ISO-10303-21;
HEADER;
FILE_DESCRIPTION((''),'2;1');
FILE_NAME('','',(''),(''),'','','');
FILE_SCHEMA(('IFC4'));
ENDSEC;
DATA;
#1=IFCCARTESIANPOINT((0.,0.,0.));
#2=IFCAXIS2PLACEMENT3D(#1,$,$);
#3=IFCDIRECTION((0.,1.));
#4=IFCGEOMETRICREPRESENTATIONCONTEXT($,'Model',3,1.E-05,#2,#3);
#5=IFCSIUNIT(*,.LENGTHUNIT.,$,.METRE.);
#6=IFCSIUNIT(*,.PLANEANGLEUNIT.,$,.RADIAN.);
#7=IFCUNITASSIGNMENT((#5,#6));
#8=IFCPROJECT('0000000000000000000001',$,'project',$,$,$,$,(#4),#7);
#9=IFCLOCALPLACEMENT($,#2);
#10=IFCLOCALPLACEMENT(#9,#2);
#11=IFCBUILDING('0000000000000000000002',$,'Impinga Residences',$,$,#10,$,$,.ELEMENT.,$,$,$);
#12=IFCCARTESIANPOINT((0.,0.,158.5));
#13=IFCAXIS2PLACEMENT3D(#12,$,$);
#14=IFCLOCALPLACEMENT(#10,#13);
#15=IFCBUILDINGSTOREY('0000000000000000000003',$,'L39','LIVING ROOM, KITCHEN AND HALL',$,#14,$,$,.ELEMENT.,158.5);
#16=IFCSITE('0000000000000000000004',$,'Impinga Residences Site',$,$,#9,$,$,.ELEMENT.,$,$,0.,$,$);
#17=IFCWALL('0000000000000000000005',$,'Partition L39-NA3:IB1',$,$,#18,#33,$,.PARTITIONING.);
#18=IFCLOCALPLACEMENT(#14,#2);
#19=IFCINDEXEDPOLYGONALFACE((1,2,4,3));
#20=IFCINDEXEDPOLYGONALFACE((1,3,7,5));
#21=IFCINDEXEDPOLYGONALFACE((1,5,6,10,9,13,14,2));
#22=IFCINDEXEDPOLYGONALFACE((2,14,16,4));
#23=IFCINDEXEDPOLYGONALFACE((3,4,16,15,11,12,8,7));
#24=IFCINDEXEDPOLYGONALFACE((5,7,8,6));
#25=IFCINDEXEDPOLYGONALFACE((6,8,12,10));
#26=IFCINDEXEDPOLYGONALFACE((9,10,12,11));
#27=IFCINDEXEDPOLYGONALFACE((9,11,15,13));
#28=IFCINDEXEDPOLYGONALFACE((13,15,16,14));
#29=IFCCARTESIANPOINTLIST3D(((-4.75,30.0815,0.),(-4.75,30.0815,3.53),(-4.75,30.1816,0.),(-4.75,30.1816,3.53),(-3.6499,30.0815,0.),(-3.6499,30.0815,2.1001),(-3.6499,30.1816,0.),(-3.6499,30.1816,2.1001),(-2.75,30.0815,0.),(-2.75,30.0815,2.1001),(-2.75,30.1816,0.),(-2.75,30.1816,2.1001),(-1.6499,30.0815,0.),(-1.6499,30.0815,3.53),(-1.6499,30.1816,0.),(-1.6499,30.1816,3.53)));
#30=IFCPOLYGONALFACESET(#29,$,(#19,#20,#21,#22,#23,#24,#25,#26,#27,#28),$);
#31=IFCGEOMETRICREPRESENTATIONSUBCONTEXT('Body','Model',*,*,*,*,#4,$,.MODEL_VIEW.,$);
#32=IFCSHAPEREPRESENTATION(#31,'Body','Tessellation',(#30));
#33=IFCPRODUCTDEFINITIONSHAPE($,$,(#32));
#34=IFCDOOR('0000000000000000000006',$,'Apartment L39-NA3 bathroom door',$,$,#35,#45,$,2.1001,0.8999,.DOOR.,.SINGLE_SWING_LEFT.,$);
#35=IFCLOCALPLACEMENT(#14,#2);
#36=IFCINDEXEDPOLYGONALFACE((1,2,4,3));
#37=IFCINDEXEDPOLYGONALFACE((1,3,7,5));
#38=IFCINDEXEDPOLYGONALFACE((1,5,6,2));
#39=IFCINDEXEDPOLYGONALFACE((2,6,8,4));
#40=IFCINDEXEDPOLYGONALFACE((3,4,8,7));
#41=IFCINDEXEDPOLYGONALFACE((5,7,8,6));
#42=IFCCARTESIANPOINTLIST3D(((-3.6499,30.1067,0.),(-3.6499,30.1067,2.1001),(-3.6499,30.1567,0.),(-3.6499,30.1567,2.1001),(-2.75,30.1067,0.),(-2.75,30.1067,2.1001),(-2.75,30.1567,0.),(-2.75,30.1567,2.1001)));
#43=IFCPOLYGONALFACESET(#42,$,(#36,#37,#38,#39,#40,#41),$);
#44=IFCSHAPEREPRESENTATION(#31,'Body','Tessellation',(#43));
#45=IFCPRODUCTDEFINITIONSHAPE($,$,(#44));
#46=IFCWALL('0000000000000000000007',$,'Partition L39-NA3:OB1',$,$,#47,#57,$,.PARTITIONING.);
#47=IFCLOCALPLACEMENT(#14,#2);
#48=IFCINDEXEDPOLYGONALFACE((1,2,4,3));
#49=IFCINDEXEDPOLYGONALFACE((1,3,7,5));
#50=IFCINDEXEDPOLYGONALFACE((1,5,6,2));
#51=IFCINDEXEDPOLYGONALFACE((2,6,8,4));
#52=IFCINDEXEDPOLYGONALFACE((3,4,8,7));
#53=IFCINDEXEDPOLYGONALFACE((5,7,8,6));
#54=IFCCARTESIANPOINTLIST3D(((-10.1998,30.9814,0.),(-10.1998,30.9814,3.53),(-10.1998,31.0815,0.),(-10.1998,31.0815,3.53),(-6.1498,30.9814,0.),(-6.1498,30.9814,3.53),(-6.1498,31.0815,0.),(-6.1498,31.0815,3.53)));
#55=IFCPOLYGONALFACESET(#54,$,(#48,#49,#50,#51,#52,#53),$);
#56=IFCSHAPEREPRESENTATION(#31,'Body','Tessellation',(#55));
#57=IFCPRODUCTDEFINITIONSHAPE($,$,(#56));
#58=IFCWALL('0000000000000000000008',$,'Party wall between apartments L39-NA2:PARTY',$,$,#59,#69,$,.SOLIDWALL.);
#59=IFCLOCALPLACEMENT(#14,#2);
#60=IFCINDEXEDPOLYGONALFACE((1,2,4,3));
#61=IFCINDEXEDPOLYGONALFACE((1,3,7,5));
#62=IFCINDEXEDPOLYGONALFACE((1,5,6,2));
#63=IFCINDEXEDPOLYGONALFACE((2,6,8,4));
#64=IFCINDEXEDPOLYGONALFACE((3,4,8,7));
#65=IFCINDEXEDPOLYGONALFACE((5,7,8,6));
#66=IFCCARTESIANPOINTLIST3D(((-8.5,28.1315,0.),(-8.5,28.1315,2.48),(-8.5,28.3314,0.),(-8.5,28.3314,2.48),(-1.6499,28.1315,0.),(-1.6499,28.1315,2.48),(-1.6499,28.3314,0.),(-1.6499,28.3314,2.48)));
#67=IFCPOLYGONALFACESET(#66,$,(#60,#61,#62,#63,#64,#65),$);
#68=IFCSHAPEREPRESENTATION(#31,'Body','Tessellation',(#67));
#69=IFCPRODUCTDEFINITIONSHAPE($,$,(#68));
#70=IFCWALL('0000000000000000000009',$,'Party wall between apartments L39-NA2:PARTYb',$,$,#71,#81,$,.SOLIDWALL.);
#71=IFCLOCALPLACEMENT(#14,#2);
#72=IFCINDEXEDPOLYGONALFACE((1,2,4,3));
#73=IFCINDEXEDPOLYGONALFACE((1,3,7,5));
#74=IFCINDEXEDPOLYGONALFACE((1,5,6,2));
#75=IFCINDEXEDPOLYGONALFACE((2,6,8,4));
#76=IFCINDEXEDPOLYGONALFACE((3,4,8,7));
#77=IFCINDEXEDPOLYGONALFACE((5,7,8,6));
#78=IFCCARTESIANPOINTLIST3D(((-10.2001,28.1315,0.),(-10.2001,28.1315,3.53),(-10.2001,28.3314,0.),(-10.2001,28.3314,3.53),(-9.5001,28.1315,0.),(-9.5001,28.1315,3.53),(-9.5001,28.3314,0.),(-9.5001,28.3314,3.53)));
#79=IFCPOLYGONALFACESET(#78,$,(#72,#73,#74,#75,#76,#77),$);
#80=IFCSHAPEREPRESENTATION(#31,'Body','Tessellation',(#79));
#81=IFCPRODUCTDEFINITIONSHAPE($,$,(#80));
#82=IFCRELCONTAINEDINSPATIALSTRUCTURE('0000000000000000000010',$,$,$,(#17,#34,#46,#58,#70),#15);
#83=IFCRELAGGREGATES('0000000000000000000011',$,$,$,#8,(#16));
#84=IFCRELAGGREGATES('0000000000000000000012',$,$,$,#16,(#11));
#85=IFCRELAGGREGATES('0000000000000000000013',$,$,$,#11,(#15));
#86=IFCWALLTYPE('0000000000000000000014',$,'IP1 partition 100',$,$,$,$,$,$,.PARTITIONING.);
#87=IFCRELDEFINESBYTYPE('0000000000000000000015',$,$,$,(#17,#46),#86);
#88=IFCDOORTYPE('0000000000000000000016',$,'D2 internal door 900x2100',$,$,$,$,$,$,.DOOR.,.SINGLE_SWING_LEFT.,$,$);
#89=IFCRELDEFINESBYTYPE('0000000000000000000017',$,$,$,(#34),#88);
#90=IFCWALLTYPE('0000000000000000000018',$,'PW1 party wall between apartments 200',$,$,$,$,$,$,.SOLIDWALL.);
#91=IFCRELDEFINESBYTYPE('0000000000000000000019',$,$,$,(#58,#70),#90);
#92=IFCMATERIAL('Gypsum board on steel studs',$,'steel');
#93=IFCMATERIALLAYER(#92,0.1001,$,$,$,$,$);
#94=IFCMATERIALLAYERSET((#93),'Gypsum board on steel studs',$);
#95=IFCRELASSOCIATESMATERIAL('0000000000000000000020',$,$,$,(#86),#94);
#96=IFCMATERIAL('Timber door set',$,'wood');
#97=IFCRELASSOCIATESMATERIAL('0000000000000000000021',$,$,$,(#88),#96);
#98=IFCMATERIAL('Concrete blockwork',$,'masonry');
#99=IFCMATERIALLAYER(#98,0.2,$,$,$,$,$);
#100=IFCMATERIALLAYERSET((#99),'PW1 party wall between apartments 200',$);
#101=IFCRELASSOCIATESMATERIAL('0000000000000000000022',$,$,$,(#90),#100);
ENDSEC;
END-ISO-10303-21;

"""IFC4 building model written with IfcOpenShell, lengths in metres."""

from ifc_helpers import new_model, si_unit, direction, frame, frame_2d, origin, place, context, subcontext, project, spatial, rectangle, extrude, material, layer, layer_set, type_object, element, fill, save


model = new_model("IFC4")

# Units and contexts
model_context = context("Model", 3, precision=1e-05, world=origin(), true_north=direction((0.0, 1.0)))
body_context = subcontext(model_context, "Body", "Model", "MODEL_VIEW")
ifc_project = project(units=[si_unit("LENGTHUNIT", "METRE"), si_unit("PLANEANGLEUNIT", "RADIAN")], contexts=[model_context])

# Site, building, storey
site_placement = place(None, origin())
site = spatial("IfcSite", under=ifc_project, at=site_placement, Name="Impinga Residences Site", CompositionType="ELEMENT", RefElevation=0.0)
building_placement = place(site_placement, origin())
building = spatial("IfcBuilding", under=site, at=building_placement, Name="Impinga Residences", CompositionType="ELEMENT")
storey_placement = place(building_placement, frame((0.0, 0.0, 158.5)))
storey = spatial("IfcBuildingStorey", under=building, at=storey_placement, Name="L39", Description="LIVING ROOM, KITCHEN AND HALL", CompositionType="ELEMENT", Elevation=158.5)

# Shared definitions
ifc_material_1 = material(Name="Concrete blockwork", Category="masonry")
ifc_material_2 = material(Name="Timber door set", Category="wood")

# Shared definitions
ifc_material_3 = material(Name="Gypsum board on steel studs", Category="steel")
ifc_layer_1 = layer(ifc_material_3, 0.1001)
ifc_layer_set_1 = layer_set([ifc_layer_1], Name="Gypsum board on steel studs")
wall_type_1 = type_object("IfcWallType", Name="IP1 partition 100", PredefinedType="PARTITIONING", material=ifc_layer_set_1)

# Shared definitions
door_type_1 = type_object("IfcDoorType", Name="D2 internal door 900x2100", OperationType="SINGLE_SWING_LEFT", PredefinedType="DOOR", material=ifc_material_2)

# Wall, opening, door
wall_1_placement = place(storey_placement, frame((-1.6499, 30.1316, 0.0), z_axis=(0.0, 0.0, 1.0), x_axis=(-1.0, 0.0, 0.0)))
wall_1 = element("IfcWall", 1, at=wall_1_placement, inside=storey, type_object=wall_type_1, Name="Partition L39-NA3:IB1", PredefinedType="PARTITIONING", context=body_context, shape_type="SweptSolid", body=[
    extrude(rectangle(XDim=3.1001, YDim=0.1001, at=frame_2d((1.55, 0.0))), origin(), (0.0, 0.0, 1.0), 3.53),
])
opening_1_placement = place(wall_1_placement, frame((1.1001, 0.0, 0.0)))
opening_1 = element("IfcOpeningElement", 2, at=opening_1_placement, cuts=wall_1, PredefinedType="OPENING", context=body_context, shape_type="SweptSolid", body=[
    extrude(rectangle(XDim=0.8999, YDim=2.1001, at=frame_2d((0.45, 1.05))), frame((0.0, 0.0601, 0.0), z_axis=(0.0, -1.0, 0.0), x_axis=(1.0, 0.0, 0.0)), (0.0, 0.0, 1.0), 0.1201),
])
door_1_placement = place(opening_1_placement, origin())
door_1 = element("IfcDoor", 3, at=door_1_placement, inside=storey, type_object=door_type_1, Name="Apartment L39-NA3 bathroom door", OperationType="SINGLE_SWING_LEFT", OverallHeight=2.1001, OverallWidth=0.8999, PredefinedType="DOOR", context=body_context, shape_type="SweptSolid", body=[
    extrude(rectangle(XDim=0.8999, YDim=2.1001, at=frame_2d((0.45, 1.05))), frame((0.0, 0.0249, 0.0), z_axis=(0.0, -1.0, 0.0), x_axis=(1.0, 0.0, 0.0)), (0.0, 0.0, 1.0), 0.05),
])
fill(opening_1, door_1)

# Walls
wall_2_placement = place(storey_placement, frame((-6.1499, 31.0315, 0.0), z_axis=(0.0, 0.0, 1.0), x_axis=(-1.0, 0.0, 0.0)))
element("IfcWall", 4, at=wall_2_placement, inside=storey, type_object=wall_type_1, Name="Partition L39-NA3:OB1", PredefinedType="PARTITIONING", context=body_context, shape_type="SweptSolid", body=[
    extrude(rectangle(XDim=4.05, YDim=0.1001, at=frame_2d((2.0249, 0.0))), origin(), (0.0, 0.0, 1.0), 3.53),
])
ifc_layer_2 = layer(ifc_material_1, 0.2)
ifc_layer_set_2 = layer_set([ifc_layer_2], Name="PW1 party wall between apartments 200")
wall_type_2 = type_object("IfcWallType", Name="PW1 party wall between apartments 200", PredefinedType="SOLIDWALL", material=ifc_layer_set_2)
wall_3_placement = place(storey_placement, frame((-1.6499, 28.2314, 0.0), z_axis=(0.0, 0.0, 1.0), x_axis=(-1.0, 0.0, 0.0)))
element("IfcWall", 5, at=wall_3_placement, inside=storey, type_object=wall_type_2, Name="Party wall between apartments L39-NA2:PARTY", PredefinedType="SOLIDWALL", context=body_context, shape_type="SweptSolid", body=[
    extrude(rectangle(XDim=6.8501, YDim=0.2, at=frame_2d((3.425, 0.0))), origin(), (0.0, 0.0, 1.0), 2.48),
])
wall_4_placement = place(storey_placement, frame((-9.5, 28.2314, 0.0), z_axis=(0.0, 0.0, 1.0), x_axis=(-1.0, 0.0, 0.0)))
element("IfcWall", 6, at=wall_4_placement, inside=storey, type_object=wall_type_2, Name="Party wall between apartments L39-NA2:PARTYb", PredefinedType="SOLIDWALL", context=body_context, shape_type="SweptSolid", body=[
    extrude(rectangle(XDim=0.7, YDim=0.2, at=frame_2d((0.3501, 0.0))), origin(), (0.0, 0.0, 1.0), 3.53),
])

save(model, "model.ifc")
